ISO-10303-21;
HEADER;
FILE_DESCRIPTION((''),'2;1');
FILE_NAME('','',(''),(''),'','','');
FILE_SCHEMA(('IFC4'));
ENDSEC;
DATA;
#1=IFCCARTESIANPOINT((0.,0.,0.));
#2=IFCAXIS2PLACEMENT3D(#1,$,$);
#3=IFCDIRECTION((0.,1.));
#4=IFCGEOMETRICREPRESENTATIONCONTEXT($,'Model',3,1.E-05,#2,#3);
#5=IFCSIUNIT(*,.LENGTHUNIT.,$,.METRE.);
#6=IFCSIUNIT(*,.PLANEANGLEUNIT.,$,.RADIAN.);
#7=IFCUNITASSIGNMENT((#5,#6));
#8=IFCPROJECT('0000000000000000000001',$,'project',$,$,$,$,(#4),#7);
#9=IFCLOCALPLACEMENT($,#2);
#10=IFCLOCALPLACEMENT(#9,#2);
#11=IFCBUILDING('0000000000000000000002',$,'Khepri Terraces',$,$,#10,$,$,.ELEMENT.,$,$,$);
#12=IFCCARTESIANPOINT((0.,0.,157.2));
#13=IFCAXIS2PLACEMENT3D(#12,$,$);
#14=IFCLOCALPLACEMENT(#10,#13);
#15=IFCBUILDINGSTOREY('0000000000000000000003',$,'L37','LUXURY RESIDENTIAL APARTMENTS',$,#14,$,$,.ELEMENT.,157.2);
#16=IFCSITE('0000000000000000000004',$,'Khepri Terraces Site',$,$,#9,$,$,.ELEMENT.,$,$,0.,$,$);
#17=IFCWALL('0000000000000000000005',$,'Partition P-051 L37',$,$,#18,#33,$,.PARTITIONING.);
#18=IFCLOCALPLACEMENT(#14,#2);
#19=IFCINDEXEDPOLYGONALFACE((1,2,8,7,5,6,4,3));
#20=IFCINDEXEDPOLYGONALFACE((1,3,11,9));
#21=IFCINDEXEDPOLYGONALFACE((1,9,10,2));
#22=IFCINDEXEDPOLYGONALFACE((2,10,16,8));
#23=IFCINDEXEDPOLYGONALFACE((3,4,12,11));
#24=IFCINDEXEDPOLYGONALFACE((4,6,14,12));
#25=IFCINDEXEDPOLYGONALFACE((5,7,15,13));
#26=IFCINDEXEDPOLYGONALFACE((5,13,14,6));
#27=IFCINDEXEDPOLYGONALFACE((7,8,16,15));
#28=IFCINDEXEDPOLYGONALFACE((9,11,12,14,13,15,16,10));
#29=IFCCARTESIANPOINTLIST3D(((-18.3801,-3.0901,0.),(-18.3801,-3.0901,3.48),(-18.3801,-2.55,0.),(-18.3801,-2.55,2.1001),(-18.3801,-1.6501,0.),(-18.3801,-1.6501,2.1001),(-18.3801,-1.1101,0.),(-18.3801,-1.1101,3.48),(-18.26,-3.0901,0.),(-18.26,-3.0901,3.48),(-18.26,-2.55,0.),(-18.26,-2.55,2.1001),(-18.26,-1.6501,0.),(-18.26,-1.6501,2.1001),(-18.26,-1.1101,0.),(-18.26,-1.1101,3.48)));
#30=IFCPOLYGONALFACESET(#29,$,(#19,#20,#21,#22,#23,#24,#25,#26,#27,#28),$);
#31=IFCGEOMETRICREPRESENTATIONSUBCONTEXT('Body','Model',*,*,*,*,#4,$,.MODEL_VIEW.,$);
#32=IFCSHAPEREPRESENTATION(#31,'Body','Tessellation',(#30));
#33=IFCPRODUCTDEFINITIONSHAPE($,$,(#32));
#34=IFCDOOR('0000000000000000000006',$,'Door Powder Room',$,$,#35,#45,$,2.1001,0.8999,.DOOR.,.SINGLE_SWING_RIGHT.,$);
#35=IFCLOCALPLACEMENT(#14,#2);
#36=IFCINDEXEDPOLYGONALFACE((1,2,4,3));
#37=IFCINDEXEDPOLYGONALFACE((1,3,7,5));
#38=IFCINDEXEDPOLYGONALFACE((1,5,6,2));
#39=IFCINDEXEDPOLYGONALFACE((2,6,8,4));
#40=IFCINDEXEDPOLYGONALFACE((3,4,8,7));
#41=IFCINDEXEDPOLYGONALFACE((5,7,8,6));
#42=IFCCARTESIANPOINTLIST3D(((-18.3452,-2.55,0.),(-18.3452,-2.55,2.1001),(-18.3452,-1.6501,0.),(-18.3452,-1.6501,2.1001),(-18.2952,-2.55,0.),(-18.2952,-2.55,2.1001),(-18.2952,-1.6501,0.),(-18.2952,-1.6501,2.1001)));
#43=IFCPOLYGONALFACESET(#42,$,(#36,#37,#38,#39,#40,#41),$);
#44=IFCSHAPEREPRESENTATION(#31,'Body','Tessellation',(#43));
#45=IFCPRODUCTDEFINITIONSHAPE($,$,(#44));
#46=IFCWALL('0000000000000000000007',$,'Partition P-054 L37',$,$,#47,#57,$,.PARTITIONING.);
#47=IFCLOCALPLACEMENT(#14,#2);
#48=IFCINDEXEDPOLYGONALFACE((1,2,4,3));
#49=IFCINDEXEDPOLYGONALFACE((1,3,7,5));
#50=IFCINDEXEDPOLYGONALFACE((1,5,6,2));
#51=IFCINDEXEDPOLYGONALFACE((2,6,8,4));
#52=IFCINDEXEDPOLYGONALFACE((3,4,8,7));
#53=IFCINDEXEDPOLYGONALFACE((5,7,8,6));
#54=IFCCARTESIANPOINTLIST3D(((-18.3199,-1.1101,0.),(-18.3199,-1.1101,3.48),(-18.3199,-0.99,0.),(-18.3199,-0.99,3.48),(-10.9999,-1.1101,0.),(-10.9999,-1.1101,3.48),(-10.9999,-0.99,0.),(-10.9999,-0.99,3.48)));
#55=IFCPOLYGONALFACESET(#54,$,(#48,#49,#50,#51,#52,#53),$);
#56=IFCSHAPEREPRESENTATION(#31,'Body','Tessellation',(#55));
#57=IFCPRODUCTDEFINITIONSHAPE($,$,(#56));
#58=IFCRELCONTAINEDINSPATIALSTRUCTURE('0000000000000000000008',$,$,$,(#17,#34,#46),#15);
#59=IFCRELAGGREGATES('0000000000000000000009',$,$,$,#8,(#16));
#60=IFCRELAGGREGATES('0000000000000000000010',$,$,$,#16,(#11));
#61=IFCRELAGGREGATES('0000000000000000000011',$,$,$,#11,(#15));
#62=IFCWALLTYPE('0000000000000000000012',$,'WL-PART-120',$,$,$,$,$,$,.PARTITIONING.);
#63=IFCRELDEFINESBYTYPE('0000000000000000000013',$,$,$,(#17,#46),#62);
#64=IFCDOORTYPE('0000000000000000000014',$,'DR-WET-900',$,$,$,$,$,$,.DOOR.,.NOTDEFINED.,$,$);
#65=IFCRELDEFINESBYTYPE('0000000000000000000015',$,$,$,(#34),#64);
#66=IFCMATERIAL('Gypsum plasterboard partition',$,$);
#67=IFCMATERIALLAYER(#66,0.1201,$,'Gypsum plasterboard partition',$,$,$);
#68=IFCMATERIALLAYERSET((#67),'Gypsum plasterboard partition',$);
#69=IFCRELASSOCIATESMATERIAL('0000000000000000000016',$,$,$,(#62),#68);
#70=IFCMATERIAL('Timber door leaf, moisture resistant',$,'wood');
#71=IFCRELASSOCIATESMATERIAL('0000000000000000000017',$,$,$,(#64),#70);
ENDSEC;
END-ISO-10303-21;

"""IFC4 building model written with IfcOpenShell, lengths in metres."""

from ifc_helpers import new_model, si_unit, direction, frame, frame_2d, origin, place, context, subcontext, project, spatial, rectangle, extrude, material, layer, layer_set, type_object, element, fill, save


model = new_model("IFC4")

# Units and contexts
model_context = context("Model", 3, precision=1e-05, world=origin(), true_north=direction((0.0, 1.0)))
body_context = subcontext(model_context, "Body", "Model", "MODEL_VIEW")
ifc_project = project(units=[si_unit("LENGTHUNIT", "METRE"), si_unit("PLANEANGLEUNIT", "RADIAN")], contexts=[model_context])

# Site, building, storey
site_placement = place(None, origin())
site = spatial("IfcSite", under=ifc_project, at=site_placement, Name="Khepri Terraces Site", CompositionType="ELEMENT", RefElevation=0.0)
building_placement = place(site_placement, origin())
building = spatial("IfcBuilding", under=site, at=building_placement, Name="Khepri Terraces", CompositionType="ELEMENT")
storey_placement = place(building_placement, frame((0.0, 0.0, 157.2)))
storey = spatial("IfcBuildingStorey", under=building, at=storey_placement, Name="L37", Description="LUXURY RESIDENTIAL APARTMENTS", CompositionType="ELEMENT", Elevation=157.2)

# Shared definitions
ifc_material_1 = material(Name="Gypsum plasterboard partition")
ifc_layer_1 = layer(ifc_material_1, 0.1201, Name="Gypsum plasterboard partition")
ifc_layer_set_1 = layer_set([ifc_layer_1], Name="Gypsum plasterboard partition")
wall_type_1 = type_object("IfcWallType", Name="WL-PART-120", PredefinedType="PARTITIONING", material=ifc_layer_set_1)

# Shared definitions
ifc_material_2 = material(Name="Timber door leaf, moisture resistant", Category="wood")
door_type_1 = type_object("IfcDoorType", Name="DR-WET-900", OperationType="NOTDEFINED", PredefinedType="DOOR", material=ifc_material_2)

# Wall, opening, door
wall_1_placement = place(storey_placement, frame((-18.3201, -3.0901, 0.0), z_axis=(0.0, 0.0, 1.0), x_axis=(0.0, 1.0, 0.0)))
wall_1 = element("IfcWall", 1, at=wall_1_placement, inside=storey, type_object=wall_type_1, Name="Partition P-051 L37", PredefinedType="PARTITIONING", context=body_context, shape_type="SweptSolid", body=[
    extrude(rectangle(XDim=1.98, YDim=0.1201, at=frame_2d((0.99, 0.0))), origin(), (0.0, 0.0, 1.0), 3.48),
])
opening_1_placement = place(wall_1_placement, frame((0.54, 0.0, 0.0)))
opening_1 = element("IfcOpeningElement", 2, at=opening_1_placement, cuts=wall_1, PredefinedType="OPENING", context=body_context, shape_type="SweptSolid", body=[
    extrude(rectangle(XDim=0.8999, YDim=2.1001, at=frame_2d((0.45, 1.05))), frame((0.0, 0.0701, 0.0), z_axis=(0.0, -1.0, 0.0), x_axis=(1.0, 0.0, 0.0)), (0.0, 0.0, 1.0), 0.1401),
])
door_1_placement = place(opening_1_placement, frame((0.8999, 0.0, 0.0), z_axis=(0.0, 0.0, 1.0), x_axis=(-1.0, 0.0, 0.0)))
door_1 = element("IfcDoor", 3, at=door_1_placement, inside=storey, type_object=door_type_1, Name="Door Powder Room", OperationType="SINGLE_SWING_RIGHT", OverallHeight=2.1001, OverallWidth=0.8999, PredefinedType="DOOR", context=body_context, shape_type="SweptSolid", body=[
    extrude(rectangle(XDim=0.8999, YDim=2.1001, at=frame_2d((0.45, 1.05))), frame((0.0, 0.0249, 0.0), z_axis=(0.0, -1.0, 0.0), x_axis=(1.0, 0.0, 0.0)), (0.0, 0.0, 1.0), 0.05),
])
fill(opening_1, door_1)

# Wall
wall_2_placement = place(storey_placement, frame((-18.3201, -1.05, 0.0), z_axis=(0.0, 0.0, 1.0), x_axis=(1.0, 0.0, 0.0)))
element("IfcWall", 4, at=wall_2_placement, inside=storey, type_object=wall_type_1, Name="Partition P-054 L37", PredefinedType="PARTITIONING", context=body_context, shape_type="SweptSolid", body=[
    extrude(rectangle(XDim=7.3201, YDim=0.1201, at=frame_2d((3.6602, 0.0))), origin(), (0.0, 0.0, 1.0), 3.48),
])

save(model, "model.ifc")
